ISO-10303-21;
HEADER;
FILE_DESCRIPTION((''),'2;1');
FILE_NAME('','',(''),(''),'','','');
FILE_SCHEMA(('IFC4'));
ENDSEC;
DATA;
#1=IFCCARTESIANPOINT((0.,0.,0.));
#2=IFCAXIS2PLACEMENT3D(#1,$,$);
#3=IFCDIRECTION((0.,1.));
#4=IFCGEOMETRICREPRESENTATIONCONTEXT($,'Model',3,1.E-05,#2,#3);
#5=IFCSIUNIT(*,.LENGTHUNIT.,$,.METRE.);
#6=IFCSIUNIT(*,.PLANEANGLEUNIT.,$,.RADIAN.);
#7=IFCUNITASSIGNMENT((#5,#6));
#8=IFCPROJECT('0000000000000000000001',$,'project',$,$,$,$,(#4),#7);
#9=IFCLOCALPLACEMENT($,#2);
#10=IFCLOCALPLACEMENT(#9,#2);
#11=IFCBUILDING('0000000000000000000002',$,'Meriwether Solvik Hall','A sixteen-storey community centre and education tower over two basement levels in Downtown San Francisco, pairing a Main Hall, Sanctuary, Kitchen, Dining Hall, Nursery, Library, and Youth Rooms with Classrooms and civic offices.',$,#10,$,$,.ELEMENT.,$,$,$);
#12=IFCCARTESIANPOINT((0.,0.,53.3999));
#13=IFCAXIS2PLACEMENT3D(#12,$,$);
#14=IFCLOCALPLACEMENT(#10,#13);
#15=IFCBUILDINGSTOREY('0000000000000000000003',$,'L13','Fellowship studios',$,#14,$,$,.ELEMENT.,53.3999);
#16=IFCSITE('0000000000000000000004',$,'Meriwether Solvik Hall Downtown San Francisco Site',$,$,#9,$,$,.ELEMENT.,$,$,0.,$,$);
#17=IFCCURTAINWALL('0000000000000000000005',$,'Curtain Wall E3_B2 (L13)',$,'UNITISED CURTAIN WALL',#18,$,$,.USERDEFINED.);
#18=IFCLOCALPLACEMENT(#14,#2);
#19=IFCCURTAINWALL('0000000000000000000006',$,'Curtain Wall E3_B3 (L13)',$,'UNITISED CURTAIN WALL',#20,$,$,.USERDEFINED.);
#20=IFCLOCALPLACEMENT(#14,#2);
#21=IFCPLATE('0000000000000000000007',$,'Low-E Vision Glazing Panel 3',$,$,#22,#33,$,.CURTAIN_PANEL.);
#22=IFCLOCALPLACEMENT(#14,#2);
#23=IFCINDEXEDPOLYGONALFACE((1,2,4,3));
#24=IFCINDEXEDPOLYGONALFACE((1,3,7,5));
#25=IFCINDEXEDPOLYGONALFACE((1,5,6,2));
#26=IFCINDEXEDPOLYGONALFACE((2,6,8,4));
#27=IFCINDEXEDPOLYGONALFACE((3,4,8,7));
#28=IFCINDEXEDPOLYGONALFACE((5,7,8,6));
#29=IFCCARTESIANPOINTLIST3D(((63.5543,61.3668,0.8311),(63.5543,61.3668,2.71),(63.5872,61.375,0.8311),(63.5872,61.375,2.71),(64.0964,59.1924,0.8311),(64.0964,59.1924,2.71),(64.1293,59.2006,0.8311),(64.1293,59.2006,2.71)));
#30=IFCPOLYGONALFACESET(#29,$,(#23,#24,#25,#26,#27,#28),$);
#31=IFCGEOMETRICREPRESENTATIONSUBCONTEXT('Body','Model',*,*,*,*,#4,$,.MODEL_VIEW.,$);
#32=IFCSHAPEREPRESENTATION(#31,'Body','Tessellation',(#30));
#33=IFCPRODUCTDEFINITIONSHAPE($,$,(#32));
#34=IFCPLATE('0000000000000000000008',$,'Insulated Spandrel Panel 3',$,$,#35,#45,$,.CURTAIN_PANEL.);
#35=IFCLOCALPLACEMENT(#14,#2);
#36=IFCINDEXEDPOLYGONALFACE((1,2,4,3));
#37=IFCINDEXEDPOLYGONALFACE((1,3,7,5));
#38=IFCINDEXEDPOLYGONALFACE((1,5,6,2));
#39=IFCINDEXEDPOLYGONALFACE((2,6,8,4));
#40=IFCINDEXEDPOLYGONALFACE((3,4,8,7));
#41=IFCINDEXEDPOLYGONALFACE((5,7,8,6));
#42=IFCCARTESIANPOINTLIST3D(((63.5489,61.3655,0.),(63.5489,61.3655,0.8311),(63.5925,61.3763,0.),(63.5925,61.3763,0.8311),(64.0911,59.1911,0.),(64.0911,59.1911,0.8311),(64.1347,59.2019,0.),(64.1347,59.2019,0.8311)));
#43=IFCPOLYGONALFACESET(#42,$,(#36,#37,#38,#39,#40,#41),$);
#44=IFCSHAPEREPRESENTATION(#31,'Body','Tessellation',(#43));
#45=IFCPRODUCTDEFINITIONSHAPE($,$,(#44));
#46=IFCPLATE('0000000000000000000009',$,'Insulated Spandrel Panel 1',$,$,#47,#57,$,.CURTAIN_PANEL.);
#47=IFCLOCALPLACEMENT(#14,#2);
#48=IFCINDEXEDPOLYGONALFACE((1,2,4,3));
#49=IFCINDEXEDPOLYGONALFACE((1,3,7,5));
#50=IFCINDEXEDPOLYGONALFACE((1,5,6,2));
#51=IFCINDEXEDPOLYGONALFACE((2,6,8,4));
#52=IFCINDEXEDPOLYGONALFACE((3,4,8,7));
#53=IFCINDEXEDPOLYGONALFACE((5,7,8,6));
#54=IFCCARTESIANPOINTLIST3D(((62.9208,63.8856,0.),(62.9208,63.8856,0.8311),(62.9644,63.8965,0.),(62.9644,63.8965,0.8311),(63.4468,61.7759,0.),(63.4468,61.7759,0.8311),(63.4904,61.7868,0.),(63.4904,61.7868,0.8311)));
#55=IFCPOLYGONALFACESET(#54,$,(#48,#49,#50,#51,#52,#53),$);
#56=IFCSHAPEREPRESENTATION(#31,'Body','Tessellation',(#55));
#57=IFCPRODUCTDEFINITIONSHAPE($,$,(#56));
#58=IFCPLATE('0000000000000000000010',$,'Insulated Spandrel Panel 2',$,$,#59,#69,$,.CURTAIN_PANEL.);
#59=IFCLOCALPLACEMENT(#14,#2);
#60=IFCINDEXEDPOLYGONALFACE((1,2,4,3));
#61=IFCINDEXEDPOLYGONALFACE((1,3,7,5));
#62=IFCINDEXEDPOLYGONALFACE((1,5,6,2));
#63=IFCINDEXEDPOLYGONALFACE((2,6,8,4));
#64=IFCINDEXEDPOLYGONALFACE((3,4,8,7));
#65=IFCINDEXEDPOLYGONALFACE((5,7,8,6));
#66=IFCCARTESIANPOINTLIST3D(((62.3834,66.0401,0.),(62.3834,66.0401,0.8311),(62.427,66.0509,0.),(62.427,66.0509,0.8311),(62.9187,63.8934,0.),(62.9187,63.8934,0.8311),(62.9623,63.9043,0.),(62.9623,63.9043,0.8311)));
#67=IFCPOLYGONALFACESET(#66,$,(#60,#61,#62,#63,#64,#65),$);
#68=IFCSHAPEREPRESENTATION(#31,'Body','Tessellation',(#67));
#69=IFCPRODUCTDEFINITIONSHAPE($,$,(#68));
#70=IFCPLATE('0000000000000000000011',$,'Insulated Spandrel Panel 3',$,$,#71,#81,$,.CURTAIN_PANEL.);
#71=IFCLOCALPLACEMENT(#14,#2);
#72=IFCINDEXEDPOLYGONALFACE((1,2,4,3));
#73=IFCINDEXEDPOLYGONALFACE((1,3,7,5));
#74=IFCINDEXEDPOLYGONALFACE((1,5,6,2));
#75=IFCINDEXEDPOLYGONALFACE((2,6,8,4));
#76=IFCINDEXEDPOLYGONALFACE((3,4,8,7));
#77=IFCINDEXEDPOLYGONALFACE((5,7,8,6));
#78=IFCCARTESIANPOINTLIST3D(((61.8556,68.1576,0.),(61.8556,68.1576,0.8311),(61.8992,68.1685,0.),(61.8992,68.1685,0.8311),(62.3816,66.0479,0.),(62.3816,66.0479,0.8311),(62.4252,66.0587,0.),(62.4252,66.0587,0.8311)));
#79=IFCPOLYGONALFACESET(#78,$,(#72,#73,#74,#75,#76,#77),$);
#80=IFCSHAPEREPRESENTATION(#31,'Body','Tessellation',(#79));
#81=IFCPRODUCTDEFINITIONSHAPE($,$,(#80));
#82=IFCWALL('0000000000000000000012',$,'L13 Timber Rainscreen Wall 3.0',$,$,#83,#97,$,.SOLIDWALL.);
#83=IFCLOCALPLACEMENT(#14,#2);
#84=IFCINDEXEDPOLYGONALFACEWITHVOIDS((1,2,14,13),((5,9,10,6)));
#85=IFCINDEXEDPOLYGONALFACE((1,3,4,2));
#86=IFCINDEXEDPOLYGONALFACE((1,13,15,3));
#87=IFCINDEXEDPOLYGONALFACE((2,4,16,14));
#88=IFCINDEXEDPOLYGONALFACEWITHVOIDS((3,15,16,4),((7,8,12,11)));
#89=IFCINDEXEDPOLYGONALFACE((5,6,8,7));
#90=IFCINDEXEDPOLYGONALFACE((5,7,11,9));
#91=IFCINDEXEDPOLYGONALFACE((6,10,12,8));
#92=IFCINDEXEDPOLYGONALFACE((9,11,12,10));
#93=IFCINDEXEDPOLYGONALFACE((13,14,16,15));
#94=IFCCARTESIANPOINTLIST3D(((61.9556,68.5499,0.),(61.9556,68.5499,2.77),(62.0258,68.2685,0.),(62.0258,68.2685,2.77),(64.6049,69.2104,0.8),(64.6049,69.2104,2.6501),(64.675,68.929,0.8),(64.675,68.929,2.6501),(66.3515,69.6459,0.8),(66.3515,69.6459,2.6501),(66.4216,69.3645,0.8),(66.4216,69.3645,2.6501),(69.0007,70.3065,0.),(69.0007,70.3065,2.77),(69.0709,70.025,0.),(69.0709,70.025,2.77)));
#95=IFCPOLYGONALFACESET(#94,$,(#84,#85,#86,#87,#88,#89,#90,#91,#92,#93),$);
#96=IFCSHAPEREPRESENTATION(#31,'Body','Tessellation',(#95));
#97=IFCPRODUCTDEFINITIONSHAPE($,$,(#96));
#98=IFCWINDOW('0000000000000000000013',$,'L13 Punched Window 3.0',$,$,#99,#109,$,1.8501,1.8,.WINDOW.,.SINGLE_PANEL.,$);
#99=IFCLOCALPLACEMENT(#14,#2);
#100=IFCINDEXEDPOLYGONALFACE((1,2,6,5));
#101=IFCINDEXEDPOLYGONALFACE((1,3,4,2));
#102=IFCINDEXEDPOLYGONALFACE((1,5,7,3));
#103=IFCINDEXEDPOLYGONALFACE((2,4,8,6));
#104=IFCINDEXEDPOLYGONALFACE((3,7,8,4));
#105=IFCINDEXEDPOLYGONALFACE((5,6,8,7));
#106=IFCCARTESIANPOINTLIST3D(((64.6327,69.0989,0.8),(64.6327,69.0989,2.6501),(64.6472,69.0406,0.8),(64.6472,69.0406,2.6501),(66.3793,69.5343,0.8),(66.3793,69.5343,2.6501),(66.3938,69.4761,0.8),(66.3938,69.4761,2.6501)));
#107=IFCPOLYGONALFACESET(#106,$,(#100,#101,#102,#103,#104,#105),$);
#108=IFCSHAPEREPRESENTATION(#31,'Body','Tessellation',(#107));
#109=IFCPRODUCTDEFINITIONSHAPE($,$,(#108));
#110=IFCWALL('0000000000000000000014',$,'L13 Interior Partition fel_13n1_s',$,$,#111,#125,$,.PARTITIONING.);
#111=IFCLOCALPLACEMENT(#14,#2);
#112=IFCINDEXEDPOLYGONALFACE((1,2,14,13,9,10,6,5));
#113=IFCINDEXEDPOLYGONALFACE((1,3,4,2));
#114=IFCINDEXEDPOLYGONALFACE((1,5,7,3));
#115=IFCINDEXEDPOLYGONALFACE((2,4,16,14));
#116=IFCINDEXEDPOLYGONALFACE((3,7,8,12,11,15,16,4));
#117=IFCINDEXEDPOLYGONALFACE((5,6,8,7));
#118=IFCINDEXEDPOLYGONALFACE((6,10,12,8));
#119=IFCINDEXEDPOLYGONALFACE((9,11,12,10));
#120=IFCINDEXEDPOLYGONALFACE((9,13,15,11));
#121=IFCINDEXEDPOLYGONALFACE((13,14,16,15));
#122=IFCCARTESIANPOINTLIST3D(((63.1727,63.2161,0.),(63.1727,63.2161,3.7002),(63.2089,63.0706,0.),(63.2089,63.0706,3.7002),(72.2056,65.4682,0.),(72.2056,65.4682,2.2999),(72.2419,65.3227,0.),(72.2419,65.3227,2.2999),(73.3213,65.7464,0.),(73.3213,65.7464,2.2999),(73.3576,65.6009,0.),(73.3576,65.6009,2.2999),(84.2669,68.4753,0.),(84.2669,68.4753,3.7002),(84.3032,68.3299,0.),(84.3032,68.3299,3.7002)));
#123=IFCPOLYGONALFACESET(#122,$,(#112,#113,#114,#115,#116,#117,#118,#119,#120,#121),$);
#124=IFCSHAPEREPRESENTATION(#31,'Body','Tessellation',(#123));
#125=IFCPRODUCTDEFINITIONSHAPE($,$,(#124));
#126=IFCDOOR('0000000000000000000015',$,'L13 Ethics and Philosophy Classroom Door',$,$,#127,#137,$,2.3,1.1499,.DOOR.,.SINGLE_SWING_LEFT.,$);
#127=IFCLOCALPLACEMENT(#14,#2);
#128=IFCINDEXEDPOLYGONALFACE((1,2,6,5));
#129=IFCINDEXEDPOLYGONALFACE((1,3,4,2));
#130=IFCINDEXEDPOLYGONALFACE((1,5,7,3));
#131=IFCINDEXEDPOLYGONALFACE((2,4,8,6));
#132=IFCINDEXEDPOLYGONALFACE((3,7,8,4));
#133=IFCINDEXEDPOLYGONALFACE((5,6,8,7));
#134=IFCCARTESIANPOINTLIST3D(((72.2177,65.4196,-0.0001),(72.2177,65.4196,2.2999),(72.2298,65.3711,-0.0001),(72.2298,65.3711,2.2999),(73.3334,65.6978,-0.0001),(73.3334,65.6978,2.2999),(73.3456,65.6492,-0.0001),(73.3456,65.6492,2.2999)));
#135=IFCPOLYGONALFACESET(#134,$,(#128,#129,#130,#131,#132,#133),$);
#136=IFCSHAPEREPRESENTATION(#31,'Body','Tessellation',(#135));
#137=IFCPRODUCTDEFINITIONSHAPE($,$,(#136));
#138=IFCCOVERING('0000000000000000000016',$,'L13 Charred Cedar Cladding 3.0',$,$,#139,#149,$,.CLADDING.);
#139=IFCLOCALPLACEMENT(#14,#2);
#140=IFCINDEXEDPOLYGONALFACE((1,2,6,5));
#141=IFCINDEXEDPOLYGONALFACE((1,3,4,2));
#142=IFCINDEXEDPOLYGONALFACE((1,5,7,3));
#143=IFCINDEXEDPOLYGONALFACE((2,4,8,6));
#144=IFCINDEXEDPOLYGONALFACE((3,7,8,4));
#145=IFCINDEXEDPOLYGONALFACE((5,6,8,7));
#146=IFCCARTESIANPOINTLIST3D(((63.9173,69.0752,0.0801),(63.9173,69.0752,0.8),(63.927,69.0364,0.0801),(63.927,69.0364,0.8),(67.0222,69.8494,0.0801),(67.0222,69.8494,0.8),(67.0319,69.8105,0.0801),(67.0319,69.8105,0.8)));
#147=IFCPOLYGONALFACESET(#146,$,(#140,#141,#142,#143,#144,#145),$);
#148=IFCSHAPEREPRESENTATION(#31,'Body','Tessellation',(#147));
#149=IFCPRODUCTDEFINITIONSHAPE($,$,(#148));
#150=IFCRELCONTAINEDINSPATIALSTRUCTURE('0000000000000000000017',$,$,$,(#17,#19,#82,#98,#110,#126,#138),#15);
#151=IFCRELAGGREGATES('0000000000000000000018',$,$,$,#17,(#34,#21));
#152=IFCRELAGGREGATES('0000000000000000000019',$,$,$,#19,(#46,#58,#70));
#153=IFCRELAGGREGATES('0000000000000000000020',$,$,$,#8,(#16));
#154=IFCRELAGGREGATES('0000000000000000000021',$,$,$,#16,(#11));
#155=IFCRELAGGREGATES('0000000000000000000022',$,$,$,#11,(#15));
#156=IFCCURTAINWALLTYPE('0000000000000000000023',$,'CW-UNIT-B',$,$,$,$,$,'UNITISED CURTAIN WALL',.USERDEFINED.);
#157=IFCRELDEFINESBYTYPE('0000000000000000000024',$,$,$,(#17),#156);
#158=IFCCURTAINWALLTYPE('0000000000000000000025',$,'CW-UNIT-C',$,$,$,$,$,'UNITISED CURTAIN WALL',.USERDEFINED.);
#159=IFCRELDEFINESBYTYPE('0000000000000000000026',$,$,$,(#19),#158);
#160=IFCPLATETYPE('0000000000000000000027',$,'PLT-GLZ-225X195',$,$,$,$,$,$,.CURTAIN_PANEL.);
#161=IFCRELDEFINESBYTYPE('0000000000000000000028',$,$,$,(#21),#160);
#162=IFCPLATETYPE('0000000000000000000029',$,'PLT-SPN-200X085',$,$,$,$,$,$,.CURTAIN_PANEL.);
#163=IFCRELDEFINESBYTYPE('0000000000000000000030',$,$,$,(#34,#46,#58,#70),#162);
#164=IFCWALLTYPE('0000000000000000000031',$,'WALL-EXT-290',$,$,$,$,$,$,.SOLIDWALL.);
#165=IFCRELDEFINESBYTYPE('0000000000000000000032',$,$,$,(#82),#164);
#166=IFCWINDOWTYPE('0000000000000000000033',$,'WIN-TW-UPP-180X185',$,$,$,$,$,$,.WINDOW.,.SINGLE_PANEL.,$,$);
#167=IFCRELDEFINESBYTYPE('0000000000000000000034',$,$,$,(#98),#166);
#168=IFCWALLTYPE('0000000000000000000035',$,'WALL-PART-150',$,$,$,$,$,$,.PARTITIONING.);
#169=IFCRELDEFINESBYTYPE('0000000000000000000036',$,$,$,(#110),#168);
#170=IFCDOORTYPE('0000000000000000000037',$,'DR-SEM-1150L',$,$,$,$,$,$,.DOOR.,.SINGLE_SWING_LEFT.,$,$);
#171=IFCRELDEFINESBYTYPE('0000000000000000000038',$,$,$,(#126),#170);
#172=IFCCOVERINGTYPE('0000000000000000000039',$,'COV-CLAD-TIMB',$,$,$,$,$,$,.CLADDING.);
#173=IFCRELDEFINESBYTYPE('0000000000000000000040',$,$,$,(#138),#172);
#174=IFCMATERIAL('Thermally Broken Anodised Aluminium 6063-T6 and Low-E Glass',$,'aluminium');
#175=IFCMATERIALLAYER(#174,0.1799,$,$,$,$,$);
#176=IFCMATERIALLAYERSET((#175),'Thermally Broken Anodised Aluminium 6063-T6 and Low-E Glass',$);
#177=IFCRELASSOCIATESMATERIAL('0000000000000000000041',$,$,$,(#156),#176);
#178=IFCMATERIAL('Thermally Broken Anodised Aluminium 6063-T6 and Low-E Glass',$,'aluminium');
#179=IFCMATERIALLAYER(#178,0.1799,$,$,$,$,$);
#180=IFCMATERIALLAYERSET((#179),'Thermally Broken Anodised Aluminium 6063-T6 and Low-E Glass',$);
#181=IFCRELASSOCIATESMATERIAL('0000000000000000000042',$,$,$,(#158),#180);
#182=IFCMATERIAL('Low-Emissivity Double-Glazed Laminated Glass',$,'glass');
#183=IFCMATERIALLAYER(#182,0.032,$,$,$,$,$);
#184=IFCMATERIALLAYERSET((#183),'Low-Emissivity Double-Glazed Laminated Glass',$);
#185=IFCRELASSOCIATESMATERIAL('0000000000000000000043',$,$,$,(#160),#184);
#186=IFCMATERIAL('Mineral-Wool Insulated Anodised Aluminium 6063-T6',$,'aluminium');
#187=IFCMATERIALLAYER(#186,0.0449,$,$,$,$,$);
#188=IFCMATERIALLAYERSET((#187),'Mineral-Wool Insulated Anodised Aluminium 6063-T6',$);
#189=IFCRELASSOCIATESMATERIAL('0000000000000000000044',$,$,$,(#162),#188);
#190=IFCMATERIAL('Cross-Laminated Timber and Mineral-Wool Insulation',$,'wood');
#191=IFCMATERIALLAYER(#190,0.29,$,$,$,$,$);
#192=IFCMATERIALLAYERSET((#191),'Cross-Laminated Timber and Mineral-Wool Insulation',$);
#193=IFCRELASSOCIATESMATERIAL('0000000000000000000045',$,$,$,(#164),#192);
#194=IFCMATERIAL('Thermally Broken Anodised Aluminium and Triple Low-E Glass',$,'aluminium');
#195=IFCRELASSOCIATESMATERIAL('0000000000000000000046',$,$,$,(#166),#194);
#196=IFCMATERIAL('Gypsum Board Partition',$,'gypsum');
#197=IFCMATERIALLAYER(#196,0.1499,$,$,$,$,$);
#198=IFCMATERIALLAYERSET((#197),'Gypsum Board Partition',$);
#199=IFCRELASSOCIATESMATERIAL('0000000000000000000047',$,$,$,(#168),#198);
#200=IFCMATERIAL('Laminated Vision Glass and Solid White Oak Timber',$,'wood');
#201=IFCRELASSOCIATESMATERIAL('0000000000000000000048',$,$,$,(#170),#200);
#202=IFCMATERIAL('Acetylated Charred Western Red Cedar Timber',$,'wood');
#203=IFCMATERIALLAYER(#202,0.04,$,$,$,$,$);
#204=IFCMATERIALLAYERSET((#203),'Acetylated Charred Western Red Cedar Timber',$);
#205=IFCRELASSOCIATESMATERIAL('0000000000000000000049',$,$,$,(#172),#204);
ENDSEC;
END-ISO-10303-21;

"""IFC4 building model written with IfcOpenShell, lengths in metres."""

from ifc_helpers import new_model, si_unit, direction, frame, frame_2d, origin, origin_2d, place, context, subcontext, project, spatial, rectangle, extrude, material, layer, layer_set, type_object, element, fill, aggregate, save


model = new_model("IFC4")

# Units and contexts
model_context = context("Model", 3, precision=1e-05, world=origin(), true_north=direction((0.0, 1.0)))
body_context = subcontext(model_context, "Body", "Model", "MODEL_VIEW")
ifc_project = project(units=[si_unit("LENGTHUNIT", "METRE"), si_unit("PLANEANGLEUNIT", "RADIAN")], contexts=[model_context])

# Site, building, storey
site_placement = place(None, origin())
site = spatial("IfcSite", under=ifc_project, at=site_placement, Name="Meriwether Solvik Hall Downtown San Francisco Site", CompositionType="ELEMENT", RefElevation=0.0)
building_placement = place(site_placement, origin())
building = spatial("IfcBuilding", under=site, at=building_placement, Name="Meriwether Solvik Hall", Description="A sixteen-storey community centre and education tower over two basement levels in Downtown San Francisco, pairing a Main Hall, Sanctuary, Kitchen, Dining Hall, Nursery, Library, and Youth Rooms with Classrooms and civic offices.", CompositionType="ELEMENT")
storey_placement = place(building_placement, frame((0.0, 0.0, 53.3999)))
storey = spatial("IfcBuildingStorey", under=building, at=storey_placement, Name="L13", Description="Fellowship studios", CompositionType="ELEMENT", Elevation=53.3999)

# Curtain wall
ifc_material_1 = material(Name="Thermally Broken Anodised Aluminium 6063-T6 and Low-E Glass", Category="aluminium")
ifc_layer_1 = layer(ifc_material_1, 0.1799)
ifc_layer_set_1 = layer_set([ifc_layer_1], Name="Thermally Broken Anodised Aluminium 6063-T6 and Low-E Glass")
curtain_wall_type_1 = type_object("IfcCurtainWallType", Name="CW-UNIT-B", ElementType="UNITISED CURTAIN WALL", PredefinedType="USERDEFINED", material=ifc_layer_set_1)
curtain_wall_1_placement = place(storey_placement, origin())
curtain_wall_1 = element("IfcCurtainWall", 1, at=curtain_wall_1_placement, inside=storey, type_object=curtain_wall_type_1, Name="Curtain Wall E3_B2 (L13)", ObjectType="UNITISED CURTAIN WALL", PredefinedType="USERDEFINED")

# Curtain wall
ifc_material_2 = material(Name="Thermally Broken Anodised Aluminium 6063-T6 and Low-E Glass", Category="aluminium")
ifc_layer_2 = layer(ifc_material_2, 0.1799)
ifc_layer_set_2 = layer_set([ifc_layer_2], Name="Thermally Broken Anodised Aluminium 6063-T6 and Low-E Glass")
curtain_wall_type_2 = type_object("IfcCurtainWallType", Name="CW-UNIT-C", ElementType="UNITISED CURTAIN WALL", PredefinedType="USERDEFINED", material=ifc_layer_set_2)
curtain_wall_2_placement = place(storey_placement, origin())
curtain_wall_2 = element("IfcCurtainWall", 2, at=curtain_wall_2_placement, inside=storey, type_object=curtain_wall_type_2, Name="Curtain Wall E3_B3 (L13)", ObjectType="UNITISED CURTAIN WALL", PredefinedType="USERDEFINED")

# Plates
ifc_material_3 = material(Name="Low-Emissivity Double-Glazed Laminated Glass", Category="glass")
ifc_layer_3 = layer(ifc_material_3, 0.032)
ifc_layer_set_3 = layer_set([ifc_layer_3], Name="Low-Emissivity Double-Glazed Laminated Glass")
plate_type_1 = type_object("IfcPlateType", Name="PLT-GLZ-225X195", PredefinedType="CURTAIN_PANEL", material=ifc_layer_set_3)
plate_1_placement = place(storey_placement, frame((63.8418, 60.2837, 0.8311), z_axis=(0.0, 0.0, 1.0), x_axis=(-0.241922, 0.970296, 0.0)))
plate_1 = element("IfcPlate", 3, at=plate_1_placement, type_object=plate_type_1, Name="Low-E Vision Glazing Panel 3", PredefinedType="CURTAIN_PANEL", context=body_context, shape_type="SweptSolid", body=[
    extrude(rectangle(XDim=2.241, YDim=0.0339, at=origin_2d()), origin(), (0.0, 0.0, 1.0), 1.8789),
])
ifc_material_4 = material(Name="Mineral-Wool Insulated Anodised Aluminium 6063-T6", Category="aluminium")
ifc_layer_4 = layer(ifc_material_4, 0.0449)
ifc_layer_set_4 = layer_set([ifc_layer_4], Name="Mineral-Wool Insulated Anodised Aluminium 6063-T6")
plate_type_2 = type_object("IfcPlateType", Name="PLT-SPN-200X085", PredefinedType="CURTAIN_PANEL", material=ifc_layer_set_4)
plate_2_placement = place(storey_placement, frame((63.8418, 60.2837, 0.0), z_axis=(0.0, 0.0, 1.0), x_axis=(-0.241922, 0.970296, 0.0)))
plate_2 = element("IfcPlate", 4, at=plate_2_placement, type_object=plate_type_2, Name="Insulated Spandrel Panel 3", PredefinedType="CURTAIN_PANEL", context=body_context, shape_type="SweptSolid", body=[
    extrude(rectangle(XDim=2.241, YDim=0.0449, at=origin_2d()), origin(), (0.0, 0.0, 1.0), 0.8311),
])
aggregate(curtain_wall_1, [plate_2, plate_1])
plate_3_placement = place(storey_placement, frame((63.2056, 62.8362, 0.0), z_axis=(0.0, 0.0, 1.0), x_axis=(-0.241922, 0.970296, 0.0)))
plate_3 = element("IfcPlate", 5, at=plate_3_placement, type_object=plate_type_2, Name="Insulated Spandrel Panel 1", PredefinedType="CURTAIN_PANEL", context=body_context, shape_type="SweptSolid", body=[
    extrude(rectangle(XDim=2.1743, YDim=0.0449, at=origin_2d()), origin(), (0.0, 0.0, 1.0), 0.8311),
])
plate_4_placement = place(storey_placement, frame((62.6729, 64.9722, 0.0), z_axis=(0.0, 0.0, 1.0), x_axis=(-0.241922, 0.970296, 0.0)))
plate_4 = element("IfcPlate", 6, at=plate_4_placement, type_object=plate_type_2, Name="Insulated Spandrel Panel 2", PredefinedType="CURTAIN_PANEL", context=body_context, shape_type="SweptSolid", body=[
    extrude(rectangle(XDim=2.2124, YDim=0.0449, at=origin_2d()), origin(), (0.0, 0.0, 1.0), 0.8311),
])
plate_5_placement = place(storey_placement, frame((62.1404, 67.1082, 0.0), z_axis=(0.0, 0.0, 1.0), x_axis=(-0.241922, 0.970296, 0.0)))
plate_5 = element("IfcPlate", 7, at=plate_5_placement, type_object=plate_type_2, Name="Insulated Spandrel Panel 3", PredefinedType="CURTAIN_PANEL", context=body_context, shape_type="SweptSolid", body=[
    extrude(rectangle(XDim=2.1743, YDim=0.0449, at=origin_2d()), origin(), (0.0, 0.0, 1.0), 0.8311),
])
aggregate(curtain_wall_2, [plate_3, plate_4, plate_5])

# Wall, opening, window
ifc_material_5 = material(Name="Cross-Laminated Timber and Mineral-Wool Insulation", Category="wood")
ifc_layer_5 = layer(ifc_material_5, 0.29)
ifc_layer_set_5 = layer_set([ifc_layer_5], Name="Cross-Laminated Timber and Mineral-Wool Insulation")
wall_type_1 = type_object("IfcWallType", Name="WALL-EXT-290", PredefinedType="SOLIDWALL", material=ifc_layer_set_5)
wall_1_placement = place(storey_placement, frame((61.9907, 68.4092, 0.0), z_axis=(0.0, 0.0, 1.0), x_axis=(0.970295, 0.241926, 0.0)))
wall_1 = element("IfcWall", 8, at=wall_1_placement, inside=storey, type_object=wall_type_1, Name="L13 Timber Rainscreen Wall 3.0", PredefinedType="SOLIDWALL", context=body_context, shape_type="SweptSolid", body=[
    extrude(rectangle(XDim=7.2607, YDim=0.29, at=frame_2d((3.6304, 0.0))), origin(), (0.0, 0.0, 1.0), 2.77),
])
opening_1_placement = place(wall_1_placement, frame((2.7305, 0.0, 0.8)))
opening_1 = element("IfcOpeningElement", 9, at=opening_1_placement, cuts=wall_1, PredefinedType="OPENING", context=body_context, shape_type="SweptSolid", body=[
    extrude(rectangle(XDim=1.8, YDim=1.8501, at=frame_2d((0.8999, 0.925))), frame((0.0, 0.157, 0.0), z_axis=(0.0, -1.0, 0.0), x_axis=(1.0, 0.0, 0.0)), (0.0, 0.0, 1.0), 0.314),
])
ifc_material_6 = material(Name="Thermally Broken Anodised Aluminium and Triple Low-E Glass", Category="aluminium")
window_type = type_object("IfcWindowType", Name="WIN-TW-UPP-180X185", PartitioningType="SINGLE_PANEL", PredefinedType="WINDOW", material=ifc_material_6)
window_placement = place(opening_1_placement, origin())
window = element("IfcWindow", 10, at=window_placement, inside=storey, type_object=window_type, Name="L13 Punched Window 3.0", OverallHeight=1.8501, OverallWidth=1.8, PartitioningType="SINGLE_PANEL", PredefinedType="WINDOW", context=body_context, shape_type="SweptSolid", body=[
    extrude(rectangle(XDim=1.8, YDim=1.8501, at=frame_2d((0.8999, 0.925))), frame((0.0, 0.03, 0.0), z_axis=(0.0, -1.0, 0.0), x_axis=(1.0, 0.0, 0.0)), (0.0, 0.0, 1.0), 0.0601),
])
fill(opening_1, window)

# Wall, opening, door
ifc_material_7 = material(Name="Gypsum Board Partition", Category="gypsum")
ifc_layer_6 = layer(ifc_material_7, 0.1499)
ifc_layer_set_6 = layer_set([ifc_layer_6], Name="Gypsum Board Partition")
wall_type_2 = type_object("IfcWallType", Name="WALL-PART-150", PredefinedType="PARTITIONING", material=ifc_layer_set_6)
wall_2_placement = place(storey_placement, frame((63.1907, 63.1433, 0.0), z_axis=(0.0, 0.0, 1.0), x_axis=(0.970297, 0.241917, 0.0)))
wall_2 = element("IfcWall", 11, at=wall_2_placement, inside=storey, type_object=wall_type_2, Name="L13 Interior Partition fel_13n1_s", PredefinedType="PARTITIONING", context=body_context, shape_type="SweptSolid", body=[
    extrude(rectangle(XDim=21.74, YDim=0.1499, at=frame_2d((10.8701, 0.0))), origin(), (0.0, 0.0, 1.0), 3.7002),
])
opening_2_placement = place(wall_2_placement, frame((9.3096, 0.0, 0.0)))
opening_2 = element("IfcOpeningElement", 12, at=opening_2_placement, cuts=wall_2, PredefinedType="OPENING", context=body_context, shape_type="SweptSolid", body=[
    extrude(rectangle(XDim=1.1499, YDim=2.3, at=frame_2d((0.575, 1.1499))), frame((0.0, 0.0869, 0.0), z_axis=(0.0, -1.0, 0.0), x_axis=(1.0, 0.0, 0.0)), (0.0, 0.0, 1.0), 0.1738),
])
ifc_material_8 = material(Name="Laminated Vision Glass and Solid White Oak Timber", Category="wood")
door_type = type_object("IfcDoorType", Name="DR-SEM-1150L", OperationType="SINGLE_SWING_LEFT", PredefinedType="DOOR", material=ifc_material_8)
door_placement = place(opening_2_placement, origin())
door = element("IfcDoor", 13, at=door_placement, inside=storey, type_object=door_type, Name="L13 Ethics and Philosophy Classroom Door", OperationType="SINGLE_SWING_LEFT", OverallHeight=2.3, OverallWidth=1.1499, PredefinedType="DOOR", context=body_context, shape_type="SweptSolid", body=[
    extrude(rectangle(XDim=1.1499, YDim=2.3, at=frame_2d((0.575, 1.1499))), frame((0.0, 0.0249, 0.0), z_axis=(0.0, -1.0, 0.0), x_axis=(1.0, 0.0, 0.0)), (0.0, 0.0, 1.0), 0.05),
])
fill(opening_2, door)

# Covering
ifc_material_9 = material(Name="Acetylated Charred Western Red Cedar Timber", Category="wood")
ifc_layer_7 = layer(ifc_material_9, 0.04)
ifc_layer_set_7 = layer_set([ifc_layer_7], Name="Acetylated Charred Western Red Cedar Timber")
covering_type = type_object("IfcCoveringType", Name="COV-CLAD-TIMB", PredefinedType="CLADDING", material=ifc_layer_set_7)
covering_placement = place(storey_placement, frame((65.4746, 69.4429, 0.0801), z_axis=(0.0, 0.0, 1.0), x_axis=(0.970296, 0.241922, 0.0)))
element("IfcCovering", 14, at=covering_placement, inside=storey, type_object=covering_type, Name="L13 Charred Cedar Cladding 3.0", PredefinedType="CLADDING", context=body_context, shape_type="SweptSolid", body=[
    extrude(rectangle(XDim=3.2, YDim=0.04, at=origin_2d()), origin(), (0.0, 0.0, 1.0), 0.72),
])

save(model, "model.ifc")
